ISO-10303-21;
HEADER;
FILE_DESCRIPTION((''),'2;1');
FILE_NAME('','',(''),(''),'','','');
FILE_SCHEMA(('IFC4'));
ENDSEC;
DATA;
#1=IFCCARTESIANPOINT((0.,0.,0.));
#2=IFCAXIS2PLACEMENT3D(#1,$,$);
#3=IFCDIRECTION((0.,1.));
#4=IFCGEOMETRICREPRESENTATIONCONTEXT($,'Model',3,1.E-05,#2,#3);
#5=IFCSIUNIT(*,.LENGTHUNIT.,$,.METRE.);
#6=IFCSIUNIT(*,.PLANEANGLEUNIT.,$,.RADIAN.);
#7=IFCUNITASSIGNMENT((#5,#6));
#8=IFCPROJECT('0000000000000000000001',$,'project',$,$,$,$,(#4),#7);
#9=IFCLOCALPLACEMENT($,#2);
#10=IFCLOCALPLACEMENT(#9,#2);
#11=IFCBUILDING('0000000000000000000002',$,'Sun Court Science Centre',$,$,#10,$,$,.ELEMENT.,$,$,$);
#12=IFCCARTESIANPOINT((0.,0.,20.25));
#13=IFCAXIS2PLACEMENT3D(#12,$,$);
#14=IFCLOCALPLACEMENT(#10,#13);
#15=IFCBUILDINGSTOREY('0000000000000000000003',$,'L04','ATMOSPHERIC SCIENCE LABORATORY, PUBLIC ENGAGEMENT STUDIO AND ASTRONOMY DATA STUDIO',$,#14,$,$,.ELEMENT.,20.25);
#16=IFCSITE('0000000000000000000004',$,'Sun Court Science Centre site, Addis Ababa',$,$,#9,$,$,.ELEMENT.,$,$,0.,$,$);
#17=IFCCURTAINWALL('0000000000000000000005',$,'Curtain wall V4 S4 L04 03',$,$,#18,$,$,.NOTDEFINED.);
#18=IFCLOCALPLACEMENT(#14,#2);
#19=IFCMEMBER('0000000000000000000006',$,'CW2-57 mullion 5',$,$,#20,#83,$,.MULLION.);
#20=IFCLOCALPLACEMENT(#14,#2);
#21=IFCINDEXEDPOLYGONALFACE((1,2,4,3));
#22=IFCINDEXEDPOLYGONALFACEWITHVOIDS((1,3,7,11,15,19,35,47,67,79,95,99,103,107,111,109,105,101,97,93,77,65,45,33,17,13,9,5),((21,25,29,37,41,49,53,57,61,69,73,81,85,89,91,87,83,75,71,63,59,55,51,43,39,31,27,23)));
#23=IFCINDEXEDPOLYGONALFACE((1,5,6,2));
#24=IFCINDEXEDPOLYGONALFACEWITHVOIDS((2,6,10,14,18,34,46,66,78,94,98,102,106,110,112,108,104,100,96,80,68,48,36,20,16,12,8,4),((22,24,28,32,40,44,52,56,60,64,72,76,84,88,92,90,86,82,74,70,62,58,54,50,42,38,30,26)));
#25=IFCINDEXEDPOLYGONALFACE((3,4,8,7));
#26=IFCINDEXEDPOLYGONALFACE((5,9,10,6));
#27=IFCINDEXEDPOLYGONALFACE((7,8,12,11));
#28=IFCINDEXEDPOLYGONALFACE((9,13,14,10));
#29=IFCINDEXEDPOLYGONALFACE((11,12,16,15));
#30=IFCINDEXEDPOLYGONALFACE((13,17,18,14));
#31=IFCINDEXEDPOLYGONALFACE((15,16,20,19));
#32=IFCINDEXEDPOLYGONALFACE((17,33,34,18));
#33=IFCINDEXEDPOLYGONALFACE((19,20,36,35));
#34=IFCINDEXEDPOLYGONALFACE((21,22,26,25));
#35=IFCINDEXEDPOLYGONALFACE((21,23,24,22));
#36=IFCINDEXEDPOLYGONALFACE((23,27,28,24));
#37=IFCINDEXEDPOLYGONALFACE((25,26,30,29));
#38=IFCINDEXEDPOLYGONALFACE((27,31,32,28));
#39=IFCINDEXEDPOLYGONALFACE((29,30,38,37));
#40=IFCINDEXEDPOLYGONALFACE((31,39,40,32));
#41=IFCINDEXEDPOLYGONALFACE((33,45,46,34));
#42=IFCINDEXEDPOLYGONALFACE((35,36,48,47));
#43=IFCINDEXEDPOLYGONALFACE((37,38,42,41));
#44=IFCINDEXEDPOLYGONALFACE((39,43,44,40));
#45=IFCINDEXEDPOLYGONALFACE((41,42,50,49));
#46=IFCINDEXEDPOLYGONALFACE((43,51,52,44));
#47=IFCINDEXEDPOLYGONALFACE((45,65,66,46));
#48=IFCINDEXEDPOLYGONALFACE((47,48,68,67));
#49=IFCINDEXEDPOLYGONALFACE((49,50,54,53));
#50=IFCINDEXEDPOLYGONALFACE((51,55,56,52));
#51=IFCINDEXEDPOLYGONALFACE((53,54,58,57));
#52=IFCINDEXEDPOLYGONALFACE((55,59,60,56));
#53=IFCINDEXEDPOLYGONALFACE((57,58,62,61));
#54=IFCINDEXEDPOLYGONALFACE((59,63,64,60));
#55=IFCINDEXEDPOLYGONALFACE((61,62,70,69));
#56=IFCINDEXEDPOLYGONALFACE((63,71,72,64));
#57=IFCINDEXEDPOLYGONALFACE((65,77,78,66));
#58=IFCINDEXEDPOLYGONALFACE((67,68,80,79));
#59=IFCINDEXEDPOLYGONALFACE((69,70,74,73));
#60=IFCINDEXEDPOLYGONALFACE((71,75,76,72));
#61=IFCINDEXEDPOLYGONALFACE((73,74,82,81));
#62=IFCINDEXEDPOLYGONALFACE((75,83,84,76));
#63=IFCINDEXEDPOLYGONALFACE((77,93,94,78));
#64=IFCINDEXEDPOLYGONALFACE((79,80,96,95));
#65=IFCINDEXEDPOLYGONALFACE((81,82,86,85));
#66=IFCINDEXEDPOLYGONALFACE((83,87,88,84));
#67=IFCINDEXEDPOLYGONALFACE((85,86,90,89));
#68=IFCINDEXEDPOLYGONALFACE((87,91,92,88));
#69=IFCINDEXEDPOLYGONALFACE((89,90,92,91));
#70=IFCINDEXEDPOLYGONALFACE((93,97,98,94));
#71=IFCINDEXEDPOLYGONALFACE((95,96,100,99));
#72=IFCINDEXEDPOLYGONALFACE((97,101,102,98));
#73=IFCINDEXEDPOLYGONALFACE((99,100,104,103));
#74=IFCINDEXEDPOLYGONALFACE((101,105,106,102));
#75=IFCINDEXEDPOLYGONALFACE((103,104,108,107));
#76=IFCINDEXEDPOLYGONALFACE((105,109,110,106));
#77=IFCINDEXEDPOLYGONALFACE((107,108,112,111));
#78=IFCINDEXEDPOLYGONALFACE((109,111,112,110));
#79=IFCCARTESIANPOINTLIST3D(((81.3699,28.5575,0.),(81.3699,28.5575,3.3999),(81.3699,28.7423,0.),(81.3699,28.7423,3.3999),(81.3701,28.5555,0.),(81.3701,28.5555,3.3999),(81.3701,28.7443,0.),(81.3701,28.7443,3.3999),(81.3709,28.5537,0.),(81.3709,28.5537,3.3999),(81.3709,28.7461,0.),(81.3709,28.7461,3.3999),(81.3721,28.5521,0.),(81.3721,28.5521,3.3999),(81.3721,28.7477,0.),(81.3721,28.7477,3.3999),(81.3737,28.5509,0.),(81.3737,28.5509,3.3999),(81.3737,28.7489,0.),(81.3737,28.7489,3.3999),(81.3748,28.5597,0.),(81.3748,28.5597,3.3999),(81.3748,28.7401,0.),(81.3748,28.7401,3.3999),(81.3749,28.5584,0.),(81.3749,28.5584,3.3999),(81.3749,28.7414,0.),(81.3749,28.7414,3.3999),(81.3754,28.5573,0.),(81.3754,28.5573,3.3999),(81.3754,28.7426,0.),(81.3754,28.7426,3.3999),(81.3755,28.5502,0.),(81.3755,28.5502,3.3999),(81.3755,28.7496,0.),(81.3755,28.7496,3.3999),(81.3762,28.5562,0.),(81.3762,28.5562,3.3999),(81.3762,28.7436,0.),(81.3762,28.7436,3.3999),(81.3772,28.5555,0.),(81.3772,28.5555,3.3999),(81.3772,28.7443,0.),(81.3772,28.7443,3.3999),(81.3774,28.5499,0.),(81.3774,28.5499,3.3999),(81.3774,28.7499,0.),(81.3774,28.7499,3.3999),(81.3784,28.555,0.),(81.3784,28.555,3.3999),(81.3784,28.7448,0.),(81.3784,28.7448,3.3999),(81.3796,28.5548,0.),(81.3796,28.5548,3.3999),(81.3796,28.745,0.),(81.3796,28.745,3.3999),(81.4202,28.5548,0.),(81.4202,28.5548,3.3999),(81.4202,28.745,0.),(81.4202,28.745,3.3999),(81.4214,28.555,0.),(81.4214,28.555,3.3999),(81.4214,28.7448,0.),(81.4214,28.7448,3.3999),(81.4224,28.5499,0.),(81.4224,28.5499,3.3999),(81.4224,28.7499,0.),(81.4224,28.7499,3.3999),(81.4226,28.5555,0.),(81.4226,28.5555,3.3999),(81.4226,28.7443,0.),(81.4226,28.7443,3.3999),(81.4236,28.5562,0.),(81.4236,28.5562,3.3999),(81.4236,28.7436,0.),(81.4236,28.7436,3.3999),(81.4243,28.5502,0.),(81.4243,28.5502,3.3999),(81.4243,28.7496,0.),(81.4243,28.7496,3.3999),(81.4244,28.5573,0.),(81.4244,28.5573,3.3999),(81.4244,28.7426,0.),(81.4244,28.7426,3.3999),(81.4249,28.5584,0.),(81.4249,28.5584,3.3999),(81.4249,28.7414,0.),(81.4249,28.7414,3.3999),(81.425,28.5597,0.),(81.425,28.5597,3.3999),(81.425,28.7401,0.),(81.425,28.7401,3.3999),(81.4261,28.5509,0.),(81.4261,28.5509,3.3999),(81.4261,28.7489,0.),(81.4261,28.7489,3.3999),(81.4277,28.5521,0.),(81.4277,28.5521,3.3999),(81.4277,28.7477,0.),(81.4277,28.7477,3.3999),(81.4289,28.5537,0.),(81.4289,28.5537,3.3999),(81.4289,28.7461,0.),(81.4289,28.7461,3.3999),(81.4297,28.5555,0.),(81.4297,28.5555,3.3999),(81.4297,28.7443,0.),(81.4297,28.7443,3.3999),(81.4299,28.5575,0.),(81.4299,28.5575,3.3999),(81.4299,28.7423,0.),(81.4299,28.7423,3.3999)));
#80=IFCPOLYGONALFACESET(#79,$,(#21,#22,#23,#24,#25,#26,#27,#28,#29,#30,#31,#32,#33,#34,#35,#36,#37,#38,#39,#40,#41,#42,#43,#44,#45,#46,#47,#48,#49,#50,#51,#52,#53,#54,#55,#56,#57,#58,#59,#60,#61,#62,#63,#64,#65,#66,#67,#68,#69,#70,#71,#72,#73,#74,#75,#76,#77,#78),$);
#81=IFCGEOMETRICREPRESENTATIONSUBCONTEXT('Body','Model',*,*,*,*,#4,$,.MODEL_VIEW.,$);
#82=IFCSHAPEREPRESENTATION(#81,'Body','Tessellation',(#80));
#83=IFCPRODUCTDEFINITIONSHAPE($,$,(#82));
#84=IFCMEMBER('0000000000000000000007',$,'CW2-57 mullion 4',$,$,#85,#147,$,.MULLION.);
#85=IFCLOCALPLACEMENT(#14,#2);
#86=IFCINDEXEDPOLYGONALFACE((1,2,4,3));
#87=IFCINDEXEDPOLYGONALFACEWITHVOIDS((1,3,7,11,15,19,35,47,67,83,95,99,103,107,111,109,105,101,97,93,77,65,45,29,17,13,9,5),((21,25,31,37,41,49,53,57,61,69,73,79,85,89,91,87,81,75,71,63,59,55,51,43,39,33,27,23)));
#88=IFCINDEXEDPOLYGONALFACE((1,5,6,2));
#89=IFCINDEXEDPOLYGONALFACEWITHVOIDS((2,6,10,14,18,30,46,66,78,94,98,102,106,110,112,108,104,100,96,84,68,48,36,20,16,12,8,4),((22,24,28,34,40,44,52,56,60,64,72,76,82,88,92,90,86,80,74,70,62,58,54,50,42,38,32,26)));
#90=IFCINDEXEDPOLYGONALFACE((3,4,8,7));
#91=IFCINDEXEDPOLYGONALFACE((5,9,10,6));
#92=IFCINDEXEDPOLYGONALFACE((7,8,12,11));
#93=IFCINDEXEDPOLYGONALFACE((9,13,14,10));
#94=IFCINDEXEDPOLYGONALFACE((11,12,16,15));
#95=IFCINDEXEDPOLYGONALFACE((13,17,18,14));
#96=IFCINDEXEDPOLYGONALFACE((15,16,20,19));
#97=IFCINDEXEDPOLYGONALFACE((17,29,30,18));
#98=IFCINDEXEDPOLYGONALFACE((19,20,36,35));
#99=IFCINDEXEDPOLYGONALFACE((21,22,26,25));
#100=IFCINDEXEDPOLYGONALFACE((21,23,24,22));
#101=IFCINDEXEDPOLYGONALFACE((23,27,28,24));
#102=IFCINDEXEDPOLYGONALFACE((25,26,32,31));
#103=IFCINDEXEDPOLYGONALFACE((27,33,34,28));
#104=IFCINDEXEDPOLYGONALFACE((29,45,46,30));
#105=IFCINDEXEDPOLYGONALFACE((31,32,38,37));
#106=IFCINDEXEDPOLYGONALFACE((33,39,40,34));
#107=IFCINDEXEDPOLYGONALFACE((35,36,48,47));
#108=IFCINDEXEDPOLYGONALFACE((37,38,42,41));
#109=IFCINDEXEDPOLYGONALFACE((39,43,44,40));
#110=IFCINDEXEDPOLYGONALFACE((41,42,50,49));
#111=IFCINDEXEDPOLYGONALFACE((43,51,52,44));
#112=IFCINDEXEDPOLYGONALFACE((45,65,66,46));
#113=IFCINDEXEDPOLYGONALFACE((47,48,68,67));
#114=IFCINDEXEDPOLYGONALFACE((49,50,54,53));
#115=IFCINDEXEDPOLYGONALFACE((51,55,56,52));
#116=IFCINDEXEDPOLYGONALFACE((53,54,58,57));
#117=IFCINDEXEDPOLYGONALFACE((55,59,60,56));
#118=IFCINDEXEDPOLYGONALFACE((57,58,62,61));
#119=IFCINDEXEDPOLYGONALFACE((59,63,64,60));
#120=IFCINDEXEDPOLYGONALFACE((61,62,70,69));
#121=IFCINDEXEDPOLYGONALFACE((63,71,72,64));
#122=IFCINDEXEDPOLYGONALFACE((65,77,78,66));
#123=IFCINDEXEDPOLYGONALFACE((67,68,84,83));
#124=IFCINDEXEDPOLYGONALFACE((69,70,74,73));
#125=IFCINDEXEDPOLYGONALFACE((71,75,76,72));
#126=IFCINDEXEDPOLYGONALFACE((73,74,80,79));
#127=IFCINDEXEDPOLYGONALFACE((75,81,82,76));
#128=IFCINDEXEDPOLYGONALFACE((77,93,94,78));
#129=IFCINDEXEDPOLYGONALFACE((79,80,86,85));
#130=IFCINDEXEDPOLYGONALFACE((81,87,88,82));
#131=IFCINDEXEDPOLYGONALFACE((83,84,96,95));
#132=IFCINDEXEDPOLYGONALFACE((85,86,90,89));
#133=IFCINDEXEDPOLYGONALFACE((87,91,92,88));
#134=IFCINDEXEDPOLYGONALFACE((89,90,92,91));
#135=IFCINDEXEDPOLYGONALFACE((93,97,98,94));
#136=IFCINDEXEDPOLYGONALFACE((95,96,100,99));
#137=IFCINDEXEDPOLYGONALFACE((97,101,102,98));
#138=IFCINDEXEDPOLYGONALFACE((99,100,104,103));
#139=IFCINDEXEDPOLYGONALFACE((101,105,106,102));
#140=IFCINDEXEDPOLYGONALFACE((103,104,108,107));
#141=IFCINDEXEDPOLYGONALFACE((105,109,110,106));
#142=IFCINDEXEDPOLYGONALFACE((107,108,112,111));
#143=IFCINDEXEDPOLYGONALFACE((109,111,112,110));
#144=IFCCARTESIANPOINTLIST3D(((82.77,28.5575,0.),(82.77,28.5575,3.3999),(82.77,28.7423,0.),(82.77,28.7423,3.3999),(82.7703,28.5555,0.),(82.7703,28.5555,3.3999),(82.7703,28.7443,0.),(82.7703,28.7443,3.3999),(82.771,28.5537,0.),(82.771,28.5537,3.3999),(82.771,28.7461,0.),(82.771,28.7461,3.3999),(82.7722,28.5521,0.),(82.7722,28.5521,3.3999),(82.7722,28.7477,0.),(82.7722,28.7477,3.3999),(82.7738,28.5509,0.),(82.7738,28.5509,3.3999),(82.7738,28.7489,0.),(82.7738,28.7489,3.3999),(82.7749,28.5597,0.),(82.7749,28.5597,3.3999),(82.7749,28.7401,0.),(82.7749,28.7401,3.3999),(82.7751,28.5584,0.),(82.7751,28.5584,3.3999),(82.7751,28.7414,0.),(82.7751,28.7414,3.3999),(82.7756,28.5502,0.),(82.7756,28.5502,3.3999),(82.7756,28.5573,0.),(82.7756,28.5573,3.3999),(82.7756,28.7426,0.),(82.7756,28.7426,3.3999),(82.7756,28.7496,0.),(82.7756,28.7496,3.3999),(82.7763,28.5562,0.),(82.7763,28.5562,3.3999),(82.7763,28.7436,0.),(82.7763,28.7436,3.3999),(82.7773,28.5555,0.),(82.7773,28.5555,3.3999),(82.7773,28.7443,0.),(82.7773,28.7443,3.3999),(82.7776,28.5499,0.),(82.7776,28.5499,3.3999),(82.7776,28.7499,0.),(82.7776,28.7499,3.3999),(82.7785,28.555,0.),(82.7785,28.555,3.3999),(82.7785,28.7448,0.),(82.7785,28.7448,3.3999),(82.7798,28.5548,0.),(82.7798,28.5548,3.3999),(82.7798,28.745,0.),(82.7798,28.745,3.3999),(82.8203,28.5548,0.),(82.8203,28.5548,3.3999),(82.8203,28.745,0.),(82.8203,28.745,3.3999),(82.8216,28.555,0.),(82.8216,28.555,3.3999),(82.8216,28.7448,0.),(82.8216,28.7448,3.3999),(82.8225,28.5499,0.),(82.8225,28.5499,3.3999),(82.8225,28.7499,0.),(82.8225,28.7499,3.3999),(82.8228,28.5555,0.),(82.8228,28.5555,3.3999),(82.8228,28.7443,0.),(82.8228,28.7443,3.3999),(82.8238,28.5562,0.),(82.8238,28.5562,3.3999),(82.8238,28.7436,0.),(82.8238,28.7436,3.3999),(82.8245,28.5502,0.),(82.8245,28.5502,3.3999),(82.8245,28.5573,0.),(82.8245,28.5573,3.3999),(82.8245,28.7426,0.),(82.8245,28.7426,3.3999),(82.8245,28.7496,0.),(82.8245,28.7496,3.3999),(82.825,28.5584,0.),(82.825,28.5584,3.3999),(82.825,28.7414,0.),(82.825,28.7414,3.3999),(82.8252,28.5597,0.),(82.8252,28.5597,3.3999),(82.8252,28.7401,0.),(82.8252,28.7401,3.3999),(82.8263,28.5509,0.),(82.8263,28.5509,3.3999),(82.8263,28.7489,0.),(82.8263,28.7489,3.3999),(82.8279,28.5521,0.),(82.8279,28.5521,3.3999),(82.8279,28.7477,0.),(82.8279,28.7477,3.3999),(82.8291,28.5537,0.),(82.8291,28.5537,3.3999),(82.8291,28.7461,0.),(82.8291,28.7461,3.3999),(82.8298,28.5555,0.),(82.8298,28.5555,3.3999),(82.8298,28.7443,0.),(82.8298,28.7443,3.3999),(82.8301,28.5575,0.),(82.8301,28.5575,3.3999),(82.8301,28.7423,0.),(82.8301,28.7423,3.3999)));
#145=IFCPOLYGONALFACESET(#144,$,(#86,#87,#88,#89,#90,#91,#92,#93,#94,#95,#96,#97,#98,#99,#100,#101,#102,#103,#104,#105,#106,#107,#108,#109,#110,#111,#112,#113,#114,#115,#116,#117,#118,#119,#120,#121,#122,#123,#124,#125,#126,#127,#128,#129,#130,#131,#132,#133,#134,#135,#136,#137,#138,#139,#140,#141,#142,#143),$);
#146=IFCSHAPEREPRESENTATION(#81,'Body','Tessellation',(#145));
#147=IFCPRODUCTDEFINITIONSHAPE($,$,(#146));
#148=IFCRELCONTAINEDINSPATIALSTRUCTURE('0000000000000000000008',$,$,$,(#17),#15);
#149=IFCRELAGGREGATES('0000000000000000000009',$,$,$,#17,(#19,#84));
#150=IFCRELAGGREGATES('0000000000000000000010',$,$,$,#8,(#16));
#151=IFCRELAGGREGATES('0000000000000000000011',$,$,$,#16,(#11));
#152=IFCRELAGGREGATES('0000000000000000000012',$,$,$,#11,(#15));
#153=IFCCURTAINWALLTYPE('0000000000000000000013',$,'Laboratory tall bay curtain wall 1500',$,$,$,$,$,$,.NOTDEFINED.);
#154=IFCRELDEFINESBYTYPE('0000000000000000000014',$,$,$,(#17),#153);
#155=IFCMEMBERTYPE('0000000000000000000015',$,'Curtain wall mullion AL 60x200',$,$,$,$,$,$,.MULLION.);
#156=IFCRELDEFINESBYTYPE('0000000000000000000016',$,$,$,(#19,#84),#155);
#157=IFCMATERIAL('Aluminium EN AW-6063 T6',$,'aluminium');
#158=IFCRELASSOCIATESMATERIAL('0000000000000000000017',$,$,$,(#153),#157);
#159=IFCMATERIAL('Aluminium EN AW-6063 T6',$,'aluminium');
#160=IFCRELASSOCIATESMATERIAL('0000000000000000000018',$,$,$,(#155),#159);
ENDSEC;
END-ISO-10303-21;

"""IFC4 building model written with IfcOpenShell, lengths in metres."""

from ifc_helpers import new_model, si_unit, direction, frame, origin, origin_2d, place, context, subcontext, project, spatial, hollow_rectangle, extrude, material, material_profile, profile_set, type_object, element, aggregate, save


model = new_model("IFC4")

# Units and contexts
model_context = context("Model", 3, precision=1e-05, world=origin(), true_north=direction((0.0, 1.0)))
body_context = subcontext(model_context, "Body", "Model", "MODEL_VIEW")
ifc_project = project(units=[si_unit("LENGTHUNIT", "METRE"), si_unit("PLANEANGLEUNIT", "RADIAN")], contexts=[model_context])

# Site, building, storey
site_placement = place(None, origin())
site = spatial("IfcSite", under=ifc_project, at=site_placement, Name="Sun Court Science Centre site, Addis Ababa", CompositionType="ELEMENT", RefElevation=0.0)
building_placement = place(site_placement, origin())
building = spatial("IfcBuilding", under=site, at=building_placement, Name="Sun Court Science Centre", CompositionType="ELEMENT")
storey_placement = place(building_placement, frame((0.0, 0.0, 20.25)))
storey = spatial("IfcBuildingStorey", under=building, at=storey_placement, Name="L04", Description="ATMOSPHERIC SCIENCE LABORATORY, PUBLIC ENGAGEMENT STUDIO AND ASTRONOMY DATA STUDIO", CompositionType="ELEMENT", Elevation=20.25)

# Curtain wall, members
ifc_material_1 = material(Name="Aluminium EN AW-6063 T6", Category="aluminium")
curtain_wall_type = type_object("IfcCurtainWallType", Name="Laboratory tall bay curtain wall 1500", PredefinedType="NOTDEFINED", material=ifc_material_1)
curtain_wall_placement = place(storey_placement, origin())
curtain_wall = element("IfcCurtainWall", 1, at=curtain_wall_placement, inside=storey, type_object=curtain_wall_type, Name="Curtain wall V4 S4 L04 03", PredefinedType="NOTDEFINED")
ifc_material_2 = material(Name="Aluminium EN AW-6063 T6", Category="aluminium")
ifc_material_profile_1 = material_profile(ifc_material_2, hollow_rectangle(XDim=0.0601, YDim=0.2, WallThickness=0.0049, InnerFilletRadius=0.0049, OuterFilletRadius=0.0076, at=origin_2d()), Name="AL 60x200x5")
ifc_profile_set_1 = profile_set([ifc_material_profile_1], Name="Aluminium EN AW-6063 T6")
member_type_1 = type_object("IfcMemberType", Name="Curtain wall mullion AL 60x200", PredefinedType="MULLION", material=ifc_profile_set_1)
member_1_placement = place(storey_placement, frame((81.3999, 28.6499, 0.0), z_axis=(0.0, 0.0, 1.0), x_axis=(-1.0, 0.0, 0.0)))
member_1 = element("IfcMember", 2, at=member_1_placement, type_object=member_type_1, Name="CW2-57 mullion 5", PredefinedType="MULLION", context=body_context, shape_type="SweptSolid", body=[
    extrude(hollow_rectangle(XDim=0.0601, YDim=0.2, WallThickness=0.0049, InnerFilletRadius=0.0049, OuterFilletRadius=0.0076, at=origin_2d()), origin(), (0.0, 0.0, 1.0), 3.3999),
])
member_2_placement = place(storey_placement, frame((82.8, 28.6499, 0.0), z_axis=(0.0, 0.0, 1.0), x_axis=(-1.0, 0.0, 0.0)))
member_2 = element("IfcMember", 3, at=member_2_placement, type_object=member_type_1, Name="CW2-57 mullion 4", PredefinedType="MULLION", context=body_context, shape_type="SweptSolid", body=[
    extrude(hollow_rectangle(XDim=0.0601, YDim=0.2, WallThickness=0.0049, InnerFilletRadius=0.0049, OuterFilletRadius=0.0076, at=origin_2d()), origin(), (0.0, 0.0, 1.0), 3.3999),
])

aggregate(curtain_wall, [member_1, member_2])

save(model, "model.ifc")
